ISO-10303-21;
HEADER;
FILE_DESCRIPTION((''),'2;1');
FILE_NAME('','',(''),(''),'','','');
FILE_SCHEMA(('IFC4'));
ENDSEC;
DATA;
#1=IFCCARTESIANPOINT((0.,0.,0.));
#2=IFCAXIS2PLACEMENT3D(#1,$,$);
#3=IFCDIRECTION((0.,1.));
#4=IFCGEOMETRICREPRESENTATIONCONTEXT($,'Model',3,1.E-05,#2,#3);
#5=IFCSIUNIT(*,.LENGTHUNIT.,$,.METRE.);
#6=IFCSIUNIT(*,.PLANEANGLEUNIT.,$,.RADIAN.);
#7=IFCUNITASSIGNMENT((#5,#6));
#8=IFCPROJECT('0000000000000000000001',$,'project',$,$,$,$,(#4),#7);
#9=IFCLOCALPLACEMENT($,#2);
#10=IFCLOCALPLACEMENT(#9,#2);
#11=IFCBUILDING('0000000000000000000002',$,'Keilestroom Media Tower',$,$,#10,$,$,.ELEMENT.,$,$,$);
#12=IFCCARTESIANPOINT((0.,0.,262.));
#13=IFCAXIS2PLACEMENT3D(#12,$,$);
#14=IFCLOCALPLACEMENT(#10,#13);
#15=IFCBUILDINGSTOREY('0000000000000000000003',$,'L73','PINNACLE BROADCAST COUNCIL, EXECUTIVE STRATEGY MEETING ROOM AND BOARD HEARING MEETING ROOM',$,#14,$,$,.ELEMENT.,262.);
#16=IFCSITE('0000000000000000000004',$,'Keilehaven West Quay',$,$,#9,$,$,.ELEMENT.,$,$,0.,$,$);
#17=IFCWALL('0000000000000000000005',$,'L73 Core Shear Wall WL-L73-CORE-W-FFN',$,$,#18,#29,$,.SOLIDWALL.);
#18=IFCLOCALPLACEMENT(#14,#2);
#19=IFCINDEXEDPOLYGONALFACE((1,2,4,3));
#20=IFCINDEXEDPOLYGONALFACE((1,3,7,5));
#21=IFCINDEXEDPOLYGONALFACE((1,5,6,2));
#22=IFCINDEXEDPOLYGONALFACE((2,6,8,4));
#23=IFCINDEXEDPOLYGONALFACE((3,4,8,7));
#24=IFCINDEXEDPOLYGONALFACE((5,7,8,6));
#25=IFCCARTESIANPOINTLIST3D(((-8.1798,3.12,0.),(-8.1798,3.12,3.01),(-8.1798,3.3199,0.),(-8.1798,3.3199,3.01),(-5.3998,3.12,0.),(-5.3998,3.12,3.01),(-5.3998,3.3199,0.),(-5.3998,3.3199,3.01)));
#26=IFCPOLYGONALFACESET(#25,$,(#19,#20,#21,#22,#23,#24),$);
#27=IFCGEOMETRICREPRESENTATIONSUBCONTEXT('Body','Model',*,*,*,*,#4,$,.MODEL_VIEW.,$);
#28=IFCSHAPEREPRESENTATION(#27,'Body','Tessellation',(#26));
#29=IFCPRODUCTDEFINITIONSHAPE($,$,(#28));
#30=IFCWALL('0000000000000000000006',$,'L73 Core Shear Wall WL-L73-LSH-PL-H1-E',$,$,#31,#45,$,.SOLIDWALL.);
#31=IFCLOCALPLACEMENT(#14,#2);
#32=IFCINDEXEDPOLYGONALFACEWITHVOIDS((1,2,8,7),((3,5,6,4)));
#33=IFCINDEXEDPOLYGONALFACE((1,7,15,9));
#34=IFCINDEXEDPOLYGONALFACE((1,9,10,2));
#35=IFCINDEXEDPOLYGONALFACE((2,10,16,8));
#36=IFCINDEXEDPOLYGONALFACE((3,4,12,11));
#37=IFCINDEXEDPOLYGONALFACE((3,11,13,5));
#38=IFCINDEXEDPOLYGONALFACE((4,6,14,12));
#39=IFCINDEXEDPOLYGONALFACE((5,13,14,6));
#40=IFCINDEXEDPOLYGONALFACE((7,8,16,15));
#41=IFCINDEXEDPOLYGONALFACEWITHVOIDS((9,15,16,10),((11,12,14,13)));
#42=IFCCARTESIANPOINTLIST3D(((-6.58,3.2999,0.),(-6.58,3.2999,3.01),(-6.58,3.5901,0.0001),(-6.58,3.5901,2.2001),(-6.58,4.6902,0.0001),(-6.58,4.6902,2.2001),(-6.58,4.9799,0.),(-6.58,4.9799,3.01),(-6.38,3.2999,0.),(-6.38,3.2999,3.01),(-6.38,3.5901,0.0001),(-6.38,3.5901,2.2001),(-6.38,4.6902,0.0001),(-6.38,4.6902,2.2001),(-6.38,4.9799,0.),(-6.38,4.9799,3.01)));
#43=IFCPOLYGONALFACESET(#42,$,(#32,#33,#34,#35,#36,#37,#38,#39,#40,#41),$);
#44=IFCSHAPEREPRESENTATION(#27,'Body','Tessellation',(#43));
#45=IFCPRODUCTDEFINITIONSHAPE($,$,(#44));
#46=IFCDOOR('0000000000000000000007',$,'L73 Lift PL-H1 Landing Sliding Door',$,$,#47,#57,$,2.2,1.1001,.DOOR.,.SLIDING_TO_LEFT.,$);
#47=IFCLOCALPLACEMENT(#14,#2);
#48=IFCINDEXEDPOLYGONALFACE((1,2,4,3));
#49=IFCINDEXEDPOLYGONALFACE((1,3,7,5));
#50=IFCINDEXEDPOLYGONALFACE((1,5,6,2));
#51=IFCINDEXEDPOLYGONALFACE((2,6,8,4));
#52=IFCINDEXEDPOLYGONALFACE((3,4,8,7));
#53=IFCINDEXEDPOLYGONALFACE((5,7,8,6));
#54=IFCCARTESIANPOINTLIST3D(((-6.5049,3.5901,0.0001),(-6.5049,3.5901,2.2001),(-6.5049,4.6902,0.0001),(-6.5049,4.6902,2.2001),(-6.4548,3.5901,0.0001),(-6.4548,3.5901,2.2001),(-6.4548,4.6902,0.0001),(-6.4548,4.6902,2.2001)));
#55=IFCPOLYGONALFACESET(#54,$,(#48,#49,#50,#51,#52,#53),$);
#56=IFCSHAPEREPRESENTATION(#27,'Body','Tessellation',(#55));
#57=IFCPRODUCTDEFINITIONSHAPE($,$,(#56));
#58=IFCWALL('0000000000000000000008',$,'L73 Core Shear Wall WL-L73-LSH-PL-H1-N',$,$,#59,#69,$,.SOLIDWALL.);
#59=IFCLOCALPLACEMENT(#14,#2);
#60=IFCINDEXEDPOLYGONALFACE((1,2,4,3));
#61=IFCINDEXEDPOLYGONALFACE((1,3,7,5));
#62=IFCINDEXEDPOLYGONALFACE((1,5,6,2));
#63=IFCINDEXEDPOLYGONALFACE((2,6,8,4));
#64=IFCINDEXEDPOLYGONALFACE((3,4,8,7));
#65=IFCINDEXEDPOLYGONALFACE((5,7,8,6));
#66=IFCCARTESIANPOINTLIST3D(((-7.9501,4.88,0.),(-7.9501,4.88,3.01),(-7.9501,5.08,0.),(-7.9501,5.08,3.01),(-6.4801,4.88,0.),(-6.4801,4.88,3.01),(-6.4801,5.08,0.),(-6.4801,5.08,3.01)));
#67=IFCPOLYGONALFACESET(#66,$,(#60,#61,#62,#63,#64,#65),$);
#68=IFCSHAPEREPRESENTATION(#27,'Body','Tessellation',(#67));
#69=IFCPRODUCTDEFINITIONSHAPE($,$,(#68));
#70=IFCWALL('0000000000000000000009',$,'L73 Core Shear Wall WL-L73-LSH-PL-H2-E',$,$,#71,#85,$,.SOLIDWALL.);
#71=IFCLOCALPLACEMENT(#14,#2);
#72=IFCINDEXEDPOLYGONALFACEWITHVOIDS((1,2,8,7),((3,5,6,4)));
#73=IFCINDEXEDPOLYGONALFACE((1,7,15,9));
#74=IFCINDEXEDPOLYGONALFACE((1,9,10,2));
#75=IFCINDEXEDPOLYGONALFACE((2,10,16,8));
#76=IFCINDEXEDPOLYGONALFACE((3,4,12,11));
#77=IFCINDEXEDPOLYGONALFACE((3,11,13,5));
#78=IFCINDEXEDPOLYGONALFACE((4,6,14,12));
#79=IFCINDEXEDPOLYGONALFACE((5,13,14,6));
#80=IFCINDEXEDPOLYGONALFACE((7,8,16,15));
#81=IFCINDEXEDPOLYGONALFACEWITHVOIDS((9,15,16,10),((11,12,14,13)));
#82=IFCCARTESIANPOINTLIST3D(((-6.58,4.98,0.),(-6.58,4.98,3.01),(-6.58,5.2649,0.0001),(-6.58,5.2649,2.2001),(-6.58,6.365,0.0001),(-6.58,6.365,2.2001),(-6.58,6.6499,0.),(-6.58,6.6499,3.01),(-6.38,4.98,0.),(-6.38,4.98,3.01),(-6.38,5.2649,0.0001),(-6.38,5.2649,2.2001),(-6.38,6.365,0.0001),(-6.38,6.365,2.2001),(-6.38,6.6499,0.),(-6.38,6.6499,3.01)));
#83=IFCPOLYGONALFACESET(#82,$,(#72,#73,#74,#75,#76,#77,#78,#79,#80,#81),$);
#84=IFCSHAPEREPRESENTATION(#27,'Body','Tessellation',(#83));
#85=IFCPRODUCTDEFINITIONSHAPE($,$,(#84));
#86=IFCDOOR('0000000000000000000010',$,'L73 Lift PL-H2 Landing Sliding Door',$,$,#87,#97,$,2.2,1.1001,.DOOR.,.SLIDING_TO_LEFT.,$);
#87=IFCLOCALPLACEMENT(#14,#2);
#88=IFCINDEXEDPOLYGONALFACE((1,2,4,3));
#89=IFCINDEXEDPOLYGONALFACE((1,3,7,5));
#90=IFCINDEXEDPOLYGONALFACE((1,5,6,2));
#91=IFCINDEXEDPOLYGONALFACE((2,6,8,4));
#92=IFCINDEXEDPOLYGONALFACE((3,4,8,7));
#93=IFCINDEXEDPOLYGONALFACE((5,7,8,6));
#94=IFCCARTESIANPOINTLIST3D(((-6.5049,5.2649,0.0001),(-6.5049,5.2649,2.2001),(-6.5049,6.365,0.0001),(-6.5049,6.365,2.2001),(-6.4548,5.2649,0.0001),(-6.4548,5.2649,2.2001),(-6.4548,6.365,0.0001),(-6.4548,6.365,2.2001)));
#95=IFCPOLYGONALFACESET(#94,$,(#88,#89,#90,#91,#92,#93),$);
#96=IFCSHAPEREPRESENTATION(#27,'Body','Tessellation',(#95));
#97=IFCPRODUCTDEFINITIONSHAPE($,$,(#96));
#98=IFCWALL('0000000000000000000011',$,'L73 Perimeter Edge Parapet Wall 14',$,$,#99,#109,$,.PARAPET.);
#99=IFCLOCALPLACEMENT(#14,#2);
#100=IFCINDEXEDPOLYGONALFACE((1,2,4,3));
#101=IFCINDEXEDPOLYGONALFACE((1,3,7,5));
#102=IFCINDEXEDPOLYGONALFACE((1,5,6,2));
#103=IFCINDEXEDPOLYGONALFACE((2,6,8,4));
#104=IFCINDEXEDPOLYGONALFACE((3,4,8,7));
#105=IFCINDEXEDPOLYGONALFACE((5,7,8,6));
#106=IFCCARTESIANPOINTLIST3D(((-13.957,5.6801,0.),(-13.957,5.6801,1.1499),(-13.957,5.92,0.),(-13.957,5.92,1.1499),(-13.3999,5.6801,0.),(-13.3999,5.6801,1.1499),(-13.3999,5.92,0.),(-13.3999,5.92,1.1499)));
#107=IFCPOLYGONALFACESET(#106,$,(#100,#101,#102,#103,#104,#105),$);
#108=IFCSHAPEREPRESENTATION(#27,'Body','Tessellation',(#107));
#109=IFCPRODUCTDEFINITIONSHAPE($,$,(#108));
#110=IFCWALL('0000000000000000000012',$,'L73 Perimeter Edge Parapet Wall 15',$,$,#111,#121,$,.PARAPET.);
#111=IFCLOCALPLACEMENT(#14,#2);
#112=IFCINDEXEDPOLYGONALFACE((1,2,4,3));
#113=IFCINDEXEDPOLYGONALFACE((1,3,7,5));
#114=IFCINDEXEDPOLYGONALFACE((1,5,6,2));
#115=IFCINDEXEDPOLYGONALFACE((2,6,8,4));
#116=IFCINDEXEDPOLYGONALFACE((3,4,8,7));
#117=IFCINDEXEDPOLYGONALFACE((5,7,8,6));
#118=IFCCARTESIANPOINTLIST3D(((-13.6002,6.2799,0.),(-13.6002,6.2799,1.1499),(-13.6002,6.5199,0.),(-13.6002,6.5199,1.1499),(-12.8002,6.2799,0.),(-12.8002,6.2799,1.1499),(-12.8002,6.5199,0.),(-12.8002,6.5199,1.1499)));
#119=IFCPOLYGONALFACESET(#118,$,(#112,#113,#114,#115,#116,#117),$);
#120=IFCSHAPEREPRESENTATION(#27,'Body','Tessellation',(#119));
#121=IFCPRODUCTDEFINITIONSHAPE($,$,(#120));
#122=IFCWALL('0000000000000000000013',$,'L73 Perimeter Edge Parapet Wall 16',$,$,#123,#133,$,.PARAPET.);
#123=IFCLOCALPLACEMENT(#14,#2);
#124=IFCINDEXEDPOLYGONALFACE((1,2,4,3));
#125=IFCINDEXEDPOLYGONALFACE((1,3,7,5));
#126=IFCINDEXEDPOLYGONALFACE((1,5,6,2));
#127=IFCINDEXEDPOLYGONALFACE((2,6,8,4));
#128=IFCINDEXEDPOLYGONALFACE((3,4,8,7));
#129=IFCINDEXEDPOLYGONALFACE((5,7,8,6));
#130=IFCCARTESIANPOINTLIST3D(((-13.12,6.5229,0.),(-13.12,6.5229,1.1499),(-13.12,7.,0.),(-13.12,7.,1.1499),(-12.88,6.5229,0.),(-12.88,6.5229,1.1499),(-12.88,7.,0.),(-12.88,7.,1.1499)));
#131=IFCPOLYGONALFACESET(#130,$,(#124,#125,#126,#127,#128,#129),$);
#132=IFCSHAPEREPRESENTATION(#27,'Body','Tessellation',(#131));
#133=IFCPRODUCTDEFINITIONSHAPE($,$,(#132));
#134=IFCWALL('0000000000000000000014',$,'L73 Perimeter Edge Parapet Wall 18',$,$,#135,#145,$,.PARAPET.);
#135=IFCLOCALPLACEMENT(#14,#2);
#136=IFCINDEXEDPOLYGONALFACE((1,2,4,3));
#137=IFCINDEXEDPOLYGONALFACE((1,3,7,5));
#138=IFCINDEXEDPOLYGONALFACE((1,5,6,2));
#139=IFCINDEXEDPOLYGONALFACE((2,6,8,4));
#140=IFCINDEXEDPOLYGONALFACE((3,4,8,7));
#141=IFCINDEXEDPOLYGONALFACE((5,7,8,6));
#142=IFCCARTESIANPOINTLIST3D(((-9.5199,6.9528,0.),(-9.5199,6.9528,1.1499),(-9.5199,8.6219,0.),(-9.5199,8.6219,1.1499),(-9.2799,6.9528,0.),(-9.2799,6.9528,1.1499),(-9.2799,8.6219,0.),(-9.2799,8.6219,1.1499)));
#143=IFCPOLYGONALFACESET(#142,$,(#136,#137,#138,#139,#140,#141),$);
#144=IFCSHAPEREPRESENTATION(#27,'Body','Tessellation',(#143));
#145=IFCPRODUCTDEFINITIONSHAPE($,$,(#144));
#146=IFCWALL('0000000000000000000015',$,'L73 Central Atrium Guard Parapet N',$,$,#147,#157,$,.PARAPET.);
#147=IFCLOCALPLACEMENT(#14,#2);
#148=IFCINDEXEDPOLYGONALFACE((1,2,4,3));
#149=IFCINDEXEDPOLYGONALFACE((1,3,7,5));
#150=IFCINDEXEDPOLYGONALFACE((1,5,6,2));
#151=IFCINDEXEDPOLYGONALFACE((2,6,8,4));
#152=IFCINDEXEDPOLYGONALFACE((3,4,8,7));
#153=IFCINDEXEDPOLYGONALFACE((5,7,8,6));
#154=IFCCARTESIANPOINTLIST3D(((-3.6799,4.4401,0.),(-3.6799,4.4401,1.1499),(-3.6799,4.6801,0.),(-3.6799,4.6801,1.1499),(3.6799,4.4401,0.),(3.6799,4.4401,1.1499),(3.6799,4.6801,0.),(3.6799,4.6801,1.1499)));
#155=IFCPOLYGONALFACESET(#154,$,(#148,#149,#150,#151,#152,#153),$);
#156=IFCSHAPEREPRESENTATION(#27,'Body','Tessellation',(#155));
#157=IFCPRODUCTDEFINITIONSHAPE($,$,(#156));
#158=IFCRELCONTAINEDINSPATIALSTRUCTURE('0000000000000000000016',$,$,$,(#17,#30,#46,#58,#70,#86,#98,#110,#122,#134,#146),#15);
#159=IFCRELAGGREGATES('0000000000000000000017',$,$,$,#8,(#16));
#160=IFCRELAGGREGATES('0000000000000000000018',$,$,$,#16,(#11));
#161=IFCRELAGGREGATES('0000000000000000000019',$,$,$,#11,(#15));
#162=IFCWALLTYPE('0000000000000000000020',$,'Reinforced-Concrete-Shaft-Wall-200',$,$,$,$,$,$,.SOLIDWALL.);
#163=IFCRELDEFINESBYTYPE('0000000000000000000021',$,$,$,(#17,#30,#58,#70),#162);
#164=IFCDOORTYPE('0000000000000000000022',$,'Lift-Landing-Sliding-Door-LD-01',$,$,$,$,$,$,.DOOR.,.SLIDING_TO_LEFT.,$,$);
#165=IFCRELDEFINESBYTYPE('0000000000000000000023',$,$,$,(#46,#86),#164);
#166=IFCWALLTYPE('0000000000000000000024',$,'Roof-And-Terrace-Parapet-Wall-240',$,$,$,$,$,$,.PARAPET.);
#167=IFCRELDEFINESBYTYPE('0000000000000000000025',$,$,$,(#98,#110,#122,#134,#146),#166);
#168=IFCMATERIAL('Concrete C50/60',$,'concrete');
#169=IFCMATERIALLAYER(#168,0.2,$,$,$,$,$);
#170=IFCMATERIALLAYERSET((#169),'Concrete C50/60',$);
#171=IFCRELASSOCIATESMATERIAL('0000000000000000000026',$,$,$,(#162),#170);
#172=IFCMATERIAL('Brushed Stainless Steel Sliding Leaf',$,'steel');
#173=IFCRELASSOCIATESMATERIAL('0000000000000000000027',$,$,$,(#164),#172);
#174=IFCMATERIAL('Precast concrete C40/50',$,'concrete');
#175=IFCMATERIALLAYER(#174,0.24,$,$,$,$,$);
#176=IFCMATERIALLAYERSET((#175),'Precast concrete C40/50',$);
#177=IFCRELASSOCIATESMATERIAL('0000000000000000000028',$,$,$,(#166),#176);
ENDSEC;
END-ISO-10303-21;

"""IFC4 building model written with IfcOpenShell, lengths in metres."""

from ifc_helpers import new_model, si_unit, direction, frame, frame_2d, origin, place, context, subcontext, project, spatial, rectangle, extrude, source, transform, mapped, material, layer, layer_set, type_object, element, fill, save


model = new_model("IFC4")

# Units and contexts
model_context = context("Model", 3, precision=1e-05, world=origin(), true_north=direction((0.0, 1.0)))
body_context = subcontext(model_context, "Body", "Model", "MODEL_VIEW")
ifc_project = project(units=[si_unit("LENGTHUNIT", "METRE"), si_unit("PLANEANGLEUNIT", "RADIAN")], contexts=[model_context])

# Site, building, storey
site_placement = place(None, origin())
site = spatial("IfcSite", under=ifc_project, at=site_placement, Name="Keilehaven West Quay", CompositionType="ELEMENT", RefElevation=0.0)
building_placement = place(site_placement, origin())
building = spatial("IfcBuilding", under=site, at=building_placement, Name="Keilestroom Media Tower", CompositionType="ELEMENT")
storey_placement = place(building_placement, frame((0.0, 0.0, 262.0)))
storey = spatial("IfcBuildingStorey", under=building, at=storey_placement, Name="L73", Description="PINNACLE BROADCAST COUNCIL, EXECUTIVE STRATEGY MEETING ROOM AND BOARD HEARING MEETING ROOM", CompositionType="ELEMENT", Elevation=262.0)

# Shared definitions
ifc_material_1 = material(Name="Precast concrete C40/50", Category="concrete")

# Wall
ifc_material_2 = material(Name="Concrete C50/60", Category="concrete")
ifc_layer_1 = layer(ifc_material_2, 0.2)
ifc_layer_set_1 = layer_set([ifc_layer_1], Name="Concrete C50/60")
wall_type_1 = type_object("IfcWallType", Name="Reinforced-Concrete-Shaft-Wall-200", PredefinedType="SOLIDWALL", material=ifc_layer_set_1)
wall_1_placement = place(storey_placement, frame((-8.1799, 3.22, 0.0), z_axis=(0.0, 0.0, 1.0), x_axis=(1.0, 0.0, 0.0)))
element("IfcWall", 1, at=wall_1_placement, inside=storey, type_object=wall_type_1, Name="L73 Core Shear Wall WL-L73-CORE-W-FFN", PredefinedType="SOLIDWALL", context=body_context, shape_type="SweptSolid", body=[
    extrude(rectangle(XDim=2.78, YDim=0.2, at=frame_2d((1.3901, 0.0))), origin(), (0.0, 0.0, 1.0), 3.01),
])

# Wall, opening, door
wall_2_placement = place(storey_placement, frame((-6.48, 3.3, 0.0), z_axis=(0.0, 0.0, 1.0), x_axis=(0.0, 1.0, 0.0)))
wall_2 = element("IfcWall", 2, at=wall_2_placement, inside=storey, type_object=wall_type_1, Name="L73 Core Shear Wall WL-L73-LSH-PL-H1-E", PredefinedType="SOLIDWALL", context=body_context, shape_type="SweptSolid", body=[
    extrude(rectangle(XDim=1.6799, YDim=0.2, at=frame_2d((0.8398, 0.0))), origin(), (0.0, 0.0, 1.0), 3.01),
])
opening_1_placement = place(wall_2_placement, frame((0.29, 0.0, 0.0)))
opening_1 = element("IfcOpeningElement", 3, at=opening_1_placement, cuts=wall_2, PredefinedType="OPENING", context=body_context, shape_type="SweptSolid", body=[
    extrude(rectangle(XDim=1.1001, YDim=2.2, at=frame_2d((0.55, 1.1001))), frame((0.0, 0.1099, 0.0), z_axis=(0.0, -1.0, 0.0), x_axis=(1.0, 0.0, 0.0)), (0.0, 0.0, 1.0), 0.22),
])
ifc_material_3 = material(Name="Brushed Stainless Steel Sliding Leaf", Category="steel")
door_type = type_object("IfcDoorType", Name="Lift-Landing-Sliding-Door-LD-01", OperationType="SLIDING_TO_LEFT", PredefinedType="DOOR", material=ifc_material_3)
shared_shape_1 = source(origin(), body_context, "Body", "SweptSolid", [
    extrude(rectangle(XDim=1.1001, YDim=2.2, at=frame_2d((0.55, 1.1001))), frame((0.0, 0.0249, 0.0), z_axis=(0.0, -1.0, 0.0), x_axis=(1.0, 0.0, 0.0)), (0.0, 0.0, 1.0), 0.05),
])
door_1_placement = place(opening_1_placement, origin())
door_1 = element("IfcDoor", 4, at=door_1_placement, inside=storey, type_object=door_type, Name="L73 Lift PL-H1 Landing Sliding Door", OperationType="SLIDING_TO_LEFT", OverallHeight=2.2, OverallWidth=1.1001, PredefinedType="DOOR", context=body_context, shape_type="MappedRepresentation", body=[
    mapped(shared_shape_1, transform((0.0, 0.0, 0.0), x_axis=(1.0, 0.0, 0.0), y_axis=(0.0, 1.0, 0.0), z_axis=(0.0, 0.0, 1.0), scale=1.0)),
])
fill(opening_1, door_1)

# Wall
wall_3_placement = place(storey_placement, frame((-7.95, 4.98, 0.0), z_axis=(0.0, 0.0, 1.0), x_axis=(1.0, 0.0, 0.0)))
element("IfcWall", 5, at=wall_3_placement, inside=storey, type_object=wall_type_1, Name="L73 Core Shear Wall WL-L73-LSH-PL-H1-N", PredefinedType="SOLIDWALL", context=body_context, shape_type="SweptSolid", body=[
    extrude(rectangle(XDim=1.47, YDim=0.2, at=frame_2d((0.7349, 0.0))), origin(), (0.0, 0.0, 1.0), 3.01),
])

# Wall, opening, door
wall_4_placement = place(storey_placement, frame((-6.48, 4.98, 0.0), z_axis=(0.0, 0.0, 1.0), x_axis=(0.0, 1.0, 0.0)))
wall_4 = element("IfcWall", 6, at=wall_4_placement, inside=storey, type_object=wall_type_1, Name="L73 Core Shear Wall WL-L73-LSH-PL-H2-E", PredefinedType="SOLIDWALL", context=body_context, shape_type="SweptSolid", body=[
    extrude(rectangle(XDim=1.6699, YDim=0.2, at=frame_2d((0.835, 0.0))), origin(), (0.0, 0.0, 1.0), 3.01),
])
opening_2_placement = place(wall_4_placement, frame((0.2849, 0.0, 0.0)))
opening_2 = element("IfcOpeningElement", 7, at=opening_2_placement, cuts=wall_4, PredefinedType="OPENING", context=body_context, shape_type="SweptSolid", body=[
    extrude(rectangle(XDim=1.1001, YDim=2.2, at=frame_2d((0.55, 1.1001))), frame((0.0, 0.1099, 0.0), z_axis=(0.0, -1.0, 0.0), x_axis=(1.0, 0.0, 0.0)), (0.0, 0.0, 1.0), 0.22),
])
door_2_placement = place(opening_2_placement, origin())
door_2 = element("IfcDoor", 8, at=door_2_placement, inside=storey, type_object=door_type, Name="L73 Lift PL-H2 Landing Sliding Door", OperationType="SLIDING_TO_LEFT", OverallHeight=2.2, OverallWidth=1.1001, PredefinedType="DOOR", context=body_context, shape_type="MappedRepresentation", body=[
    mapped(shared_shape_1, transform((0.0, 0.0, 0.0), x_axis=(1.0, 0.0, 0.0), y_axis=(0.0, 1.0, 0.0), z_axis=(0.0, 0.0, 1.0), scale=1.0)),
])
fill(opening_2, door_2)

# Walls
ifc_layer_2 = layer(ifc_material_1, 0.24)
ifc_layer_set_2 = layer_set([ifc_layer_2], Name="Precast concrete C40/50")
wall_type_2 = type_object("IfcWallType", Name="Roof-And-Terrace-Parapet-Wall-240", PredefinedType="PARAPET", material=ifc_layer_set_2)
wall_5_placement = place(storey_placement, frame((-13.957, 5.8, 0.0), z_axis=(0.0, 0.0, 1.0), x_axis=(1.0, 0.0, 0.0)))
element("IfcWall", 9, at=wall_5_placement, inside=storey, type_object=wall_type_2, Name="L73 Perimeter Edge Parapet Wall 14", PredefinedType="PARAPET", context=body_context, shape_type="SweptSolid", body=[
    extrude(rectangle(XDim=0.5571, YDim=0.24, at=frame_2d((0.2786, 0.0))), origin(), (0.0, 0.0, 1.0), 1.1499),
])
wall_6_placement = place(storey_placement, frame((-13.6001, 6.3999, 0.0), z_axis=(0.0, 0.0, 1.0), x_axis=(1.0, 0.0, 0.0)))
element("IfcWall", 10, at=wall_6_placement, inside=storey, type_object=wall_type_2, Name="L73 Perimeter Edge Parapet Wall 15", PredefinedType="PARAPET", context=body_context, shape_type="SweptSolid", body=[
    extrude(rectangle(XDim=0.8, YDim=0.24, at=frame_2d((0.3999, 0.0))), origin(), (0.0, 0.0, 1.0), 1.1499),
])
wall_7_placement = place(storey_placement, frame((-13.0, 6.5229, 0.0), z_axis=(0.0, 0.0, 1.0), x_axis=(0.0, 1.0, 0.0)))
element("IfcWall", 11, at=wall_7_placement, inside=storey, type_object=wall_type_2, Name="L73 Perimeter Edge Parapet Wall 16", PredefinedType="PARAPET", context=body_context, shape_type="SweptSolid", body=[
    extrude(rectangle(XDim=0.4771, YDim=0.24, at=frame_2d((0.2385, 0.0))), origin(), (0.0, 0.0, 1.0), 1.1499),
])
wall_8_placement = place(storey_placement, frame((-9.3999, 6.9529, 0.0), z_axis=(0.0, 0.0, 1.0), x_axis=(0.0, 1.0, 0.0)))
element("IfcWall", 12, at=wall_8_placement, inside=storey, type_object=wall_type_2, Name="L73 Perimeter Edge Parapet Wall 18", PredefinedType="PARAPET", context=body_context, shape_type="SweptSolid", body=[
    extrude(rectangle(XDim=1.6692, YDim=0.24, at=frame_2d((0.8345, 0.0))), origin(), (0.0, 0.0, 1.0), 1.1499),
])
wall_9_placement = place(storey_placement, frame((-3.6799, 4.5601, 0.0), z_axis=(0.0, 0.0, 1.0), x_axis=(1.0, 0.0, 0.0)))
element("IfcWall", 13, at=wall_9_placement, inside=storey, type_object=wall_type_2, Name="L73 Central Atrium Guard Parapet N", PredefinedType="PARAPET", context=body_context, shape_type="SweptSolid", body=[
    extrude(rectangle(XDim=7.3599, YDim=0.24, at=frame_2d((3.6799, 0.0))), origin(), (0.0, 0.0, 1.0), 1.1499),
])

save(model, "model.ifc")
